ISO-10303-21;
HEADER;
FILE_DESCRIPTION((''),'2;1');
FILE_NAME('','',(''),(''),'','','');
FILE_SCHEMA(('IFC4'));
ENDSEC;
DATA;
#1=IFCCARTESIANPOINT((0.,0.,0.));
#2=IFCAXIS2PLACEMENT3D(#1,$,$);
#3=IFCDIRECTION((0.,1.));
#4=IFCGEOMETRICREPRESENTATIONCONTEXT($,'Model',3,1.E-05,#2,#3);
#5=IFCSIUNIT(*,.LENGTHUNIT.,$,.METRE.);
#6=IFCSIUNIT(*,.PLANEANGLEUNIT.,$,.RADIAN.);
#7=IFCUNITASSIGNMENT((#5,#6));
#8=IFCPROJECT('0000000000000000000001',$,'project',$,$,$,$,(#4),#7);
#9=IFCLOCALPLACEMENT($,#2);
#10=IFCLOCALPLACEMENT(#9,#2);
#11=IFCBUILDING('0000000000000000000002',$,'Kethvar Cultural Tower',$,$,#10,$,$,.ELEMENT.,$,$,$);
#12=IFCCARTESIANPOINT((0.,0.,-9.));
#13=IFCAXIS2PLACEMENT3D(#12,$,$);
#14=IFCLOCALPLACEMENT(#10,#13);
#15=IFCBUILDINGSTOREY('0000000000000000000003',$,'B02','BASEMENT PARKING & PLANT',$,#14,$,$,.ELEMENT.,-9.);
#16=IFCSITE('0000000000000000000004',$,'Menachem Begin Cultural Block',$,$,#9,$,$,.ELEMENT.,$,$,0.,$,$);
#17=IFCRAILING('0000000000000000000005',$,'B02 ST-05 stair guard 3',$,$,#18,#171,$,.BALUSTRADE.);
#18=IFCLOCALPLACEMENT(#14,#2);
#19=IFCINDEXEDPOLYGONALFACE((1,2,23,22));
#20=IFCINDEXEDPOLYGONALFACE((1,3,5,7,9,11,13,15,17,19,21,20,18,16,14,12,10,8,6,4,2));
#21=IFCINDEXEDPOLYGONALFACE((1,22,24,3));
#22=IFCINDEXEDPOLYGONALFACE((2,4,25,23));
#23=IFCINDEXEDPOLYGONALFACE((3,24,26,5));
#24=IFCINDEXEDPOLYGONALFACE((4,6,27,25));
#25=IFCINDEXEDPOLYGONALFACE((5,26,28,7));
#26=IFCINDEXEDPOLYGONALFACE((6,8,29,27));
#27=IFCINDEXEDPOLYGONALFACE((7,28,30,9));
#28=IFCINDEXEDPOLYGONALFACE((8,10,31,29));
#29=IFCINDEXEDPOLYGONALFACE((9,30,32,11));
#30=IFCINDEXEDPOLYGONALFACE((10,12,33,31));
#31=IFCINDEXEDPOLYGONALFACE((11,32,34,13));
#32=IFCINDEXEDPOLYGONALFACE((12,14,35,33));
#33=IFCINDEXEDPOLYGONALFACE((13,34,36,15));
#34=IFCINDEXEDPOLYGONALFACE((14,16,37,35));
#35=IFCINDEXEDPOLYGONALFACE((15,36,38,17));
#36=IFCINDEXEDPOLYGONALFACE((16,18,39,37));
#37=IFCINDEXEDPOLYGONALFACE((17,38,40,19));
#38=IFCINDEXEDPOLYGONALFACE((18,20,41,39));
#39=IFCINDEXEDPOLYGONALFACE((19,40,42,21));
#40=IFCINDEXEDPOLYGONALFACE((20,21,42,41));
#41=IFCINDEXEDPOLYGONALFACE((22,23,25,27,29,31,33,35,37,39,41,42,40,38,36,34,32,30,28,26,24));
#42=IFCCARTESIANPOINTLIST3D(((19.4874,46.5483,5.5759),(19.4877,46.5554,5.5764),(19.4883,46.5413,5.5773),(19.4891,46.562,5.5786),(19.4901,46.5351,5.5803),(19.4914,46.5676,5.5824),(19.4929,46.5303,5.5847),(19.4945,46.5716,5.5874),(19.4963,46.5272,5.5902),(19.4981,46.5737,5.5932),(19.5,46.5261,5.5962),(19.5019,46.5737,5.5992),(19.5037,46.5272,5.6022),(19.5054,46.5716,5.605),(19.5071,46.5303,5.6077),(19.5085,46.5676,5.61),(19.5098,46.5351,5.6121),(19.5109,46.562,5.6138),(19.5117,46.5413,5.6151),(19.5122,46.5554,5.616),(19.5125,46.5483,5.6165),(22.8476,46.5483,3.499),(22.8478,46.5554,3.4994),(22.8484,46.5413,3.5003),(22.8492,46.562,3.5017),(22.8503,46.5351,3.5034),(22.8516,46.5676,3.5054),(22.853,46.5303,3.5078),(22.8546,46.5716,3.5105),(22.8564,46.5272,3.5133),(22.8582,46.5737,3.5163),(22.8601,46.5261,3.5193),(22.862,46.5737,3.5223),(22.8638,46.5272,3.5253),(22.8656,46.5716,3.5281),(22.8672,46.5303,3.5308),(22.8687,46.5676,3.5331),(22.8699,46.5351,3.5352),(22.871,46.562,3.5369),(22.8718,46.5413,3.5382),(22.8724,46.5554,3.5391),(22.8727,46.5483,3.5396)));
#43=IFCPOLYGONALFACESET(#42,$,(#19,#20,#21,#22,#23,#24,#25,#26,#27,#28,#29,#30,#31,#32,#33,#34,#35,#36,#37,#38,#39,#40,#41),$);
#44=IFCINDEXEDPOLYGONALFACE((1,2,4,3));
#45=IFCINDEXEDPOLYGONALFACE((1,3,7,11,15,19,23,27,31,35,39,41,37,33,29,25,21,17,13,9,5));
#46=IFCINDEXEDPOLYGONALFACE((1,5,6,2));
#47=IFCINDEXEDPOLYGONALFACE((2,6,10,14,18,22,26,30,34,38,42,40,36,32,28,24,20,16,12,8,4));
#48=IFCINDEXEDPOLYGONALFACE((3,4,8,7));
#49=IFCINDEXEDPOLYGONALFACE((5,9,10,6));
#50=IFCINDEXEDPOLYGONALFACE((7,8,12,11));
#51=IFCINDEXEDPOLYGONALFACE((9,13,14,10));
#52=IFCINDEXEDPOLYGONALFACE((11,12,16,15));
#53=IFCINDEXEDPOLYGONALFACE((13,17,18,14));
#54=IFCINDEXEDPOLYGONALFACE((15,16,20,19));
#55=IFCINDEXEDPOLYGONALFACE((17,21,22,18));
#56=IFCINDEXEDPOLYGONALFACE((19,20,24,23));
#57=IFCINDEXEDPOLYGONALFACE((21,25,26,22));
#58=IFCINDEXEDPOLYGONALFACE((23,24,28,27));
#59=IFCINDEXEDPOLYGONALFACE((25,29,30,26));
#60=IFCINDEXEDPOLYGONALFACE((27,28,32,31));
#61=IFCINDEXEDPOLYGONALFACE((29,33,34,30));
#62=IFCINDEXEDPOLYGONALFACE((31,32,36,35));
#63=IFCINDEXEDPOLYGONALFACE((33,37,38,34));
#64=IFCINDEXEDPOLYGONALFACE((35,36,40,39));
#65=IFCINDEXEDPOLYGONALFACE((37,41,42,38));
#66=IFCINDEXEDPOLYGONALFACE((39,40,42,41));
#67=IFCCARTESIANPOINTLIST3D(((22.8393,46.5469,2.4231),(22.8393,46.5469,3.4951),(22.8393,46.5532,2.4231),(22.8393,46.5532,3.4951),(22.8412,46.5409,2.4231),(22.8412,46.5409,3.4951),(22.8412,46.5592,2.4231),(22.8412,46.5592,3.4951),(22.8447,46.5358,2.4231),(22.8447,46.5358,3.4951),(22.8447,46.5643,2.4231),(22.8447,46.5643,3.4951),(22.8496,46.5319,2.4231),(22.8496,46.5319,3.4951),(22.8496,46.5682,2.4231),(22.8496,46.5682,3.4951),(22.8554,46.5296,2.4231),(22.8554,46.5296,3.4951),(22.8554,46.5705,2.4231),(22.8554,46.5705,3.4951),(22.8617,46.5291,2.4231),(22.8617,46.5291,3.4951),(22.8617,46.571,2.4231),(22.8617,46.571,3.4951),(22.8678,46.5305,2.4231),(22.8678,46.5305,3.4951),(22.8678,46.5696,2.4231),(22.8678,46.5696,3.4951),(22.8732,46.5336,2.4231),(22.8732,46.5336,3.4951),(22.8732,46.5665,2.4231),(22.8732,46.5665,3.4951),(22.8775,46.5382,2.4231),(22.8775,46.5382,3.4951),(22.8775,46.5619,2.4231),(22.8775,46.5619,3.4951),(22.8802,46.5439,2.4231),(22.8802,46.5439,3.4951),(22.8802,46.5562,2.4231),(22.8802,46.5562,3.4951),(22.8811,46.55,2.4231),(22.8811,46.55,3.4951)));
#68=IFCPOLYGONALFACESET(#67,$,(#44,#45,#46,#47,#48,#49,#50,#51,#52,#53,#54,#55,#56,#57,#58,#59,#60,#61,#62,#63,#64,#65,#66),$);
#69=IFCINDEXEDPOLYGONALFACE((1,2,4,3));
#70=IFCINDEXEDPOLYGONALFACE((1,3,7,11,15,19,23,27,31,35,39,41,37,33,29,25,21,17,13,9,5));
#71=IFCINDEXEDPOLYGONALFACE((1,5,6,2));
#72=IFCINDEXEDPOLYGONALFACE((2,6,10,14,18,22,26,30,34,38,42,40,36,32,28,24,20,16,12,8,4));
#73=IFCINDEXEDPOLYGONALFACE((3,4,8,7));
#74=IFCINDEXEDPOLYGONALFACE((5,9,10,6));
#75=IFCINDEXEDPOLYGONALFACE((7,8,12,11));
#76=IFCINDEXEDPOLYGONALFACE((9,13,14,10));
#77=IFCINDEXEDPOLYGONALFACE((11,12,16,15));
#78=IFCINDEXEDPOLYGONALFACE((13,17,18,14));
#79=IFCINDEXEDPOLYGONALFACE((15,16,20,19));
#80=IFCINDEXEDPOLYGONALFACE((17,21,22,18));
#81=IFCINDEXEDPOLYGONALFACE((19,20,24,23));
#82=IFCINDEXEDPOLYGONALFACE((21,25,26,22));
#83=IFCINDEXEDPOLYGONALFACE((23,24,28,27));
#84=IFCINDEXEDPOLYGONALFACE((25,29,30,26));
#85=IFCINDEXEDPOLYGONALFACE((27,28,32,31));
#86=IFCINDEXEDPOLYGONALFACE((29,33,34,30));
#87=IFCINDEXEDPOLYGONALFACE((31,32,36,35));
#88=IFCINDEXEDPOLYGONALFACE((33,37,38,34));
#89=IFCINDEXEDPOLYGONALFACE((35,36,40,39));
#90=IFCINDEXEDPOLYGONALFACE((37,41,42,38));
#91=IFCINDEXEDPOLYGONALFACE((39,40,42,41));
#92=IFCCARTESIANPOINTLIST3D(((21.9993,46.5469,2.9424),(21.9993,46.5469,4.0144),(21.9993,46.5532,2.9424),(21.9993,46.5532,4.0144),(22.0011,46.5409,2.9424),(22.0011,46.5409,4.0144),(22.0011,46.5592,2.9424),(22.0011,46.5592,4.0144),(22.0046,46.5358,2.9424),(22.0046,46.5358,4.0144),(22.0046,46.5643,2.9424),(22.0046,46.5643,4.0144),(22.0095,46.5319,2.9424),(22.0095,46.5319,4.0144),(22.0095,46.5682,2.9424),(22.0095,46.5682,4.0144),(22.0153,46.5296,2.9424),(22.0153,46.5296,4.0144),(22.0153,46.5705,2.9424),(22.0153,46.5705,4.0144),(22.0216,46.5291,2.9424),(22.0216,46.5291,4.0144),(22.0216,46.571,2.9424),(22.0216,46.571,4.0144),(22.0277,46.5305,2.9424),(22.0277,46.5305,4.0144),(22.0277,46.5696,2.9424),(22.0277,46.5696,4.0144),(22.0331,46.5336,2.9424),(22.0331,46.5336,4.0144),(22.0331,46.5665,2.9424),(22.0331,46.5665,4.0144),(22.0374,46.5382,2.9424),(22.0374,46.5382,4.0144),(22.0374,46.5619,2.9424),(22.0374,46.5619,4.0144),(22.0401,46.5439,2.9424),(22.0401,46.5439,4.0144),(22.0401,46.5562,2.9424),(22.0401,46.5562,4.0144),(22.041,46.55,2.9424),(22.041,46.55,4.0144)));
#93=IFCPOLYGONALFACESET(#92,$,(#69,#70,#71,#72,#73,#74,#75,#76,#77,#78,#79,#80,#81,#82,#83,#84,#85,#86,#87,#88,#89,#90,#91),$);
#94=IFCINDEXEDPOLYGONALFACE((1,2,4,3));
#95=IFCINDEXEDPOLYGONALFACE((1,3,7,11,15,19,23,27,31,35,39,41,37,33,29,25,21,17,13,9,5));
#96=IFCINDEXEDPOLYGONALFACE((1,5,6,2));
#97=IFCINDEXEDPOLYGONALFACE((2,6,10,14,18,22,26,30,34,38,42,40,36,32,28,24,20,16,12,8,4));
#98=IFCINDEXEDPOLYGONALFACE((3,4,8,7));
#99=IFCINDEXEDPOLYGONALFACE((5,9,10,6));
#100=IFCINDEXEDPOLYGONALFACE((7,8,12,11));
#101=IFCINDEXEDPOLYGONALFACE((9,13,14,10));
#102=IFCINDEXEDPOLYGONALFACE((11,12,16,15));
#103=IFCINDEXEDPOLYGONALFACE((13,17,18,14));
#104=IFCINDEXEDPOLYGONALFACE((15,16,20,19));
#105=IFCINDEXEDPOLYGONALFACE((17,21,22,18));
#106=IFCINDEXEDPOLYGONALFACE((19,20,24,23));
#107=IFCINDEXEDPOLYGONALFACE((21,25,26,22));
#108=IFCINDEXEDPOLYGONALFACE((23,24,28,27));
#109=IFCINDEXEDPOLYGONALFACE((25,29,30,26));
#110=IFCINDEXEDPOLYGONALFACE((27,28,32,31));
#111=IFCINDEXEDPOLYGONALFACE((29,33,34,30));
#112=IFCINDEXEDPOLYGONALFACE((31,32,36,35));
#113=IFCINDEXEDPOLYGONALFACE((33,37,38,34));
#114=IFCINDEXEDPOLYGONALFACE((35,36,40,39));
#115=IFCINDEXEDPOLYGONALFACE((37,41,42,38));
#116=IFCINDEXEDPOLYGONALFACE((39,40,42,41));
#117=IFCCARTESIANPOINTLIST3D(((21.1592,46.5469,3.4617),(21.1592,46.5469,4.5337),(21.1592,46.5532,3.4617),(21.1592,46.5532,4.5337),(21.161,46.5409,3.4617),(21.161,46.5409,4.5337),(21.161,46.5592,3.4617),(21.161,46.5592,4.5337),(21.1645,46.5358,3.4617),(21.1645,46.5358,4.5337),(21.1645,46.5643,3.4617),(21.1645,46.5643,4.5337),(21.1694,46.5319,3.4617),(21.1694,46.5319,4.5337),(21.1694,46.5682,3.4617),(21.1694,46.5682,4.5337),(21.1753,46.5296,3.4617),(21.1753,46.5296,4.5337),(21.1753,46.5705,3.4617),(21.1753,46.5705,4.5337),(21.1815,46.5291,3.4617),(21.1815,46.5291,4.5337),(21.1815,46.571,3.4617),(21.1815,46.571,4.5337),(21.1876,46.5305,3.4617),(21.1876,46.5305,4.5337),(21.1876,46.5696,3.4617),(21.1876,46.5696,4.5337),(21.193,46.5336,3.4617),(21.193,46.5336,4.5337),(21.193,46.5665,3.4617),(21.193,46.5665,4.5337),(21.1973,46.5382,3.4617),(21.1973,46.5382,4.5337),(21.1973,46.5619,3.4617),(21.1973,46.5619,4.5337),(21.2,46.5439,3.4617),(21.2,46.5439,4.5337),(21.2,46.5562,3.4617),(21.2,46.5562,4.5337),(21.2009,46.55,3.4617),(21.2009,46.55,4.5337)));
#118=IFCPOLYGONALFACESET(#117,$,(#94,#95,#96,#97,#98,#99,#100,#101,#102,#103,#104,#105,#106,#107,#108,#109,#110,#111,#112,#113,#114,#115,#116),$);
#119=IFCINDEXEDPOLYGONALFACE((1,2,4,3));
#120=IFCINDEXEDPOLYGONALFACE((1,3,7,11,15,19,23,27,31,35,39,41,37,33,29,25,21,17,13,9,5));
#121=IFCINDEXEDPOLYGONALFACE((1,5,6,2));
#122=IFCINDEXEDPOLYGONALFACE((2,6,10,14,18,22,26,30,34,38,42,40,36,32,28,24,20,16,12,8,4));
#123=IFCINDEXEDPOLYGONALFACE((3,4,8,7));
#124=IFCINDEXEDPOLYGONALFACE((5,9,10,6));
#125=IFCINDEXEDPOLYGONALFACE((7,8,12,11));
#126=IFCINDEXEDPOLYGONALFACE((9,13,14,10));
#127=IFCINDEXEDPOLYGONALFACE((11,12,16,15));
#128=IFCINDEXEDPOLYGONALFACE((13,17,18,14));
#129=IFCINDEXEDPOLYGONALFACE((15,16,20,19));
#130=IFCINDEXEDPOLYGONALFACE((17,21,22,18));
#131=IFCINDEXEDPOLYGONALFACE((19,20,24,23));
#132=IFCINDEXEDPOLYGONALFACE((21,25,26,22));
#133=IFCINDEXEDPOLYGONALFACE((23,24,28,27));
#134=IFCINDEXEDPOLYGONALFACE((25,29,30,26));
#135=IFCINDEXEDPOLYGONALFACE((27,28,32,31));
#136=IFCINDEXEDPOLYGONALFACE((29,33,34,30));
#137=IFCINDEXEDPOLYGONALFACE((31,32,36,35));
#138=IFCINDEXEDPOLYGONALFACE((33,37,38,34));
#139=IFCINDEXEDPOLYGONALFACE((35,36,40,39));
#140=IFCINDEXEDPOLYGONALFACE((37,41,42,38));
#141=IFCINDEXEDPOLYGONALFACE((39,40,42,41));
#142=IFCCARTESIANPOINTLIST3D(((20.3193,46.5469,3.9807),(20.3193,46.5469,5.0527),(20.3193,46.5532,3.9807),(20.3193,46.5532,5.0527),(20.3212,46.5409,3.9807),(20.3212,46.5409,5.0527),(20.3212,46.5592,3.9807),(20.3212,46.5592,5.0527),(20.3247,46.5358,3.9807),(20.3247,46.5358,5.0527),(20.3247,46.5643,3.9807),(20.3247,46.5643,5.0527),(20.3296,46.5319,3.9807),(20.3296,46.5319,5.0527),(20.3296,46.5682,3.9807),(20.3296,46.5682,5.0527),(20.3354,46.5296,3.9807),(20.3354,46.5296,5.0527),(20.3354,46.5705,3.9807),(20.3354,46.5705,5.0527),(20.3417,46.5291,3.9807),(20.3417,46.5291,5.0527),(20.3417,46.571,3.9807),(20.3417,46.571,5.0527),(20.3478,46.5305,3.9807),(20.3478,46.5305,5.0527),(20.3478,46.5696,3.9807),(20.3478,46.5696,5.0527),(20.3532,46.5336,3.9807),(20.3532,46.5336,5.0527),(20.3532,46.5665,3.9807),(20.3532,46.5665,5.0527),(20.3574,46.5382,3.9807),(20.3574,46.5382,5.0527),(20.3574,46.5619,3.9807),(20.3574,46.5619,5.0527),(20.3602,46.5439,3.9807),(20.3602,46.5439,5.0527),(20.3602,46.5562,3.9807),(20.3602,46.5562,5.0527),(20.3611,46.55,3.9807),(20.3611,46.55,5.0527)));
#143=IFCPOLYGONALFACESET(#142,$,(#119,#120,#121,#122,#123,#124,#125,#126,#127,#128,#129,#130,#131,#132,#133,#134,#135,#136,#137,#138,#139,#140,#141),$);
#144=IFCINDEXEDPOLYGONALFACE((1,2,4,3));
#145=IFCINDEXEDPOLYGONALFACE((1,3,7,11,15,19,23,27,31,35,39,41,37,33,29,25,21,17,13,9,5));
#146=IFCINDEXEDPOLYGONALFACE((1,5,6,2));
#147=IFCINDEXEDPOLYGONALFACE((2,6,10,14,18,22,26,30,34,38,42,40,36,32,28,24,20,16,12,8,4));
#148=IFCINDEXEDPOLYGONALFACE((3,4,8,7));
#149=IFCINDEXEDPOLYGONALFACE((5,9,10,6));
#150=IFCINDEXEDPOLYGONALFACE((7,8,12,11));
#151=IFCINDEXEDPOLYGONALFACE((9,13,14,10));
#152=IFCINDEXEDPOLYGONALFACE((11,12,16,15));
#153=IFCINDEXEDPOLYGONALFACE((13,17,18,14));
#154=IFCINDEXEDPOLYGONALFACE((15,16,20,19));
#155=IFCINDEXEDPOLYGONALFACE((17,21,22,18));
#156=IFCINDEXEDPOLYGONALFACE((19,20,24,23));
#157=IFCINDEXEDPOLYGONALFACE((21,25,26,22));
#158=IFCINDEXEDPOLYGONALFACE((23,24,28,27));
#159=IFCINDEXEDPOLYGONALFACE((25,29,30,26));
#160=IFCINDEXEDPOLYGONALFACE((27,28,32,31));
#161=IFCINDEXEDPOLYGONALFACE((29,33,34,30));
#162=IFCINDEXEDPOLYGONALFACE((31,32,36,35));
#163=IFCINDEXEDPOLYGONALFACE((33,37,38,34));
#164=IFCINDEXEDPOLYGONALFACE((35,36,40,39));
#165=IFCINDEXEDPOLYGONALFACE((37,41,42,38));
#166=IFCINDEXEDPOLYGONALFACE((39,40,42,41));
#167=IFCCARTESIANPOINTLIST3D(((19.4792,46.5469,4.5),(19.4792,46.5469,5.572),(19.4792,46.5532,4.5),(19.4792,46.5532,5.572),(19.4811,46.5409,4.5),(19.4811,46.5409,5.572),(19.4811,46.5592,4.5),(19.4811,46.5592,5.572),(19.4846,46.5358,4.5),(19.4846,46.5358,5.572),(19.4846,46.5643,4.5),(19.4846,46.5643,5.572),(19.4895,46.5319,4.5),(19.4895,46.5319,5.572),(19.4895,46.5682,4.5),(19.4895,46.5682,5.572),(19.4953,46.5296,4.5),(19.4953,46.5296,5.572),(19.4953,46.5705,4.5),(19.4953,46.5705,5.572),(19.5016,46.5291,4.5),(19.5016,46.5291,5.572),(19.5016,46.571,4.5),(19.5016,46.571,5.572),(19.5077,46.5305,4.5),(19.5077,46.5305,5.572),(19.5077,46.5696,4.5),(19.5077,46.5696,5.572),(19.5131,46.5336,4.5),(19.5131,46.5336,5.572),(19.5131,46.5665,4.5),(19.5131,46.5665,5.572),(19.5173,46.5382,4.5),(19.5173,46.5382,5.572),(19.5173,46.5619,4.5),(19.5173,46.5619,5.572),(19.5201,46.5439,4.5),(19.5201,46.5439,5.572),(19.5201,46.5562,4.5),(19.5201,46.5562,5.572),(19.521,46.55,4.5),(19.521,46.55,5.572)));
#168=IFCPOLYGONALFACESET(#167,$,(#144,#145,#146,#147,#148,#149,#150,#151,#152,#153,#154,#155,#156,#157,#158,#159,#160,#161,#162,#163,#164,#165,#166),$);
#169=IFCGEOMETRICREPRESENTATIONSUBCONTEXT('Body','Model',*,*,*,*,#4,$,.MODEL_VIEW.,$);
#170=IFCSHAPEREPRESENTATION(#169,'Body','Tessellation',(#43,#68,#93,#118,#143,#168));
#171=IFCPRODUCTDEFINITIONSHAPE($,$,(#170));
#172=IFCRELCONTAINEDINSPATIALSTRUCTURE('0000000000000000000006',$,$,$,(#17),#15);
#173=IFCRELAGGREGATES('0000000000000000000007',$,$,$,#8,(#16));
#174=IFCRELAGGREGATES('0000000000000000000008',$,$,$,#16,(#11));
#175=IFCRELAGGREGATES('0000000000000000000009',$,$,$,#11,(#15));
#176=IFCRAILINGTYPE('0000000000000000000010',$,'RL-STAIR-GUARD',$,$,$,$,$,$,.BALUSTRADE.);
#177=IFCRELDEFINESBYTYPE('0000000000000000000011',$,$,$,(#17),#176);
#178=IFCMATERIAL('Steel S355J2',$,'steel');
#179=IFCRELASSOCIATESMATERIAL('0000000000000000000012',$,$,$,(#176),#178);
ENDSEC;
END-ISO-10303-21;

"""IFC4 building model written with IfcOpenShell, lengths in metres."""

from ifc_helpers import new_model, si_unit, direction, frame, origin, origin_2d, place, context, subcontext, project, spatial, circle, extrude, material, type_object, element, save


model = new_model("IFC4")

# Units and contexts
model_context = context("Model", 3, precision=1e-05, world=origin(), true_north=direction((0.0, 1.0)))
body_context = subcontext(model_context, "Body", "Model", "MODEL_VIEW")
ifc_project = project(units=[si_unit("LENGTHUNIT", "METRE"), si_unit("PLANEANGLEUNIT", "RADIAN")], contexts=[model_context])

# Site, building, storey
site_placement = place(None, origin())
site = spatial("IfcSite", under=ifc_project, at=site_placement, Name="Menachem Begin Cultural Block", CompositionType="ELEMENT", RefElevation=0.0)
building_placement = place(site_placement, origin())
building = spatial("IfcBuilding", under=site, at=building_placement, Name="Kethvar Cultural Tower", CompositionType="ELEMENT")
storey_placement = place(building_placement, frame((0.0, 0.0, -9.0)))
storey = spatial("IfcBuildingStorey", under=building, at=storey_placement, Name="B02", Description="BASEMENT PARKING & PLANT", CompositionType="ELEMENT", Elevation=-9.0)

# Shared definitions
ifc_material_1 = material(Name="Steel S355J2", Category="steel")

# Railing
railing_type_1 = type_object("IfcRailingType", Name="RL-STAIR-GUARD", PredefinedType="BALUSTRADE", material=ifc_material_1)
railing_1_placement = place(storey_placement, frame((22.8601, 46.55, 2.4231)))
element("IfcRailing", 1, at=railing_1_placement, inside=storey, type_object=railing_type_1, Name="B02 ST-05 stair guard 3", PredefinedType="BALUSTRADE", context=body_context, shape_type="SweptSolid", body=[
    extrude(circle(Radius=0.0239, at=origin_2d()), frame((0.0, 0.0, 1.0962), z_axis=(-0.850623, 0.0, 0.525776), x_axis=(0.0, -1.0, 0.0)), (0.0, 0.0, 1.0), 3.9502),
    extrude(circle(Radius=0.021, at=origin_2d()), origin(), (0.0, 0.0, 1.0), 1.072),
    extrude(circle(Radius=0.021, at=origin_2d()), frame((-0.8401, 0.0, 0.5193)), (0.0, 0.0, 1.0), 1.072),
    extrude(circle(Radius=0.021, at=origin_2d()), frame((-1.6802, 0.0, 1.0386)), (0.0, 0.0, 1.0), 1.072),
    extrude(circle(Radius=0.021, at=origin_2d()), frame((-2.52, 0.0, 1.5576)), (0.0, 0.0, 1.0), 1.072),
    extrude(circle(Radius=0.021, at=origin_2d()), frame((-3.3601, 0.0, 2.0769)), (0.0, 0.0, 1.0), 1.072),
])

save(model, "model.ifc")
